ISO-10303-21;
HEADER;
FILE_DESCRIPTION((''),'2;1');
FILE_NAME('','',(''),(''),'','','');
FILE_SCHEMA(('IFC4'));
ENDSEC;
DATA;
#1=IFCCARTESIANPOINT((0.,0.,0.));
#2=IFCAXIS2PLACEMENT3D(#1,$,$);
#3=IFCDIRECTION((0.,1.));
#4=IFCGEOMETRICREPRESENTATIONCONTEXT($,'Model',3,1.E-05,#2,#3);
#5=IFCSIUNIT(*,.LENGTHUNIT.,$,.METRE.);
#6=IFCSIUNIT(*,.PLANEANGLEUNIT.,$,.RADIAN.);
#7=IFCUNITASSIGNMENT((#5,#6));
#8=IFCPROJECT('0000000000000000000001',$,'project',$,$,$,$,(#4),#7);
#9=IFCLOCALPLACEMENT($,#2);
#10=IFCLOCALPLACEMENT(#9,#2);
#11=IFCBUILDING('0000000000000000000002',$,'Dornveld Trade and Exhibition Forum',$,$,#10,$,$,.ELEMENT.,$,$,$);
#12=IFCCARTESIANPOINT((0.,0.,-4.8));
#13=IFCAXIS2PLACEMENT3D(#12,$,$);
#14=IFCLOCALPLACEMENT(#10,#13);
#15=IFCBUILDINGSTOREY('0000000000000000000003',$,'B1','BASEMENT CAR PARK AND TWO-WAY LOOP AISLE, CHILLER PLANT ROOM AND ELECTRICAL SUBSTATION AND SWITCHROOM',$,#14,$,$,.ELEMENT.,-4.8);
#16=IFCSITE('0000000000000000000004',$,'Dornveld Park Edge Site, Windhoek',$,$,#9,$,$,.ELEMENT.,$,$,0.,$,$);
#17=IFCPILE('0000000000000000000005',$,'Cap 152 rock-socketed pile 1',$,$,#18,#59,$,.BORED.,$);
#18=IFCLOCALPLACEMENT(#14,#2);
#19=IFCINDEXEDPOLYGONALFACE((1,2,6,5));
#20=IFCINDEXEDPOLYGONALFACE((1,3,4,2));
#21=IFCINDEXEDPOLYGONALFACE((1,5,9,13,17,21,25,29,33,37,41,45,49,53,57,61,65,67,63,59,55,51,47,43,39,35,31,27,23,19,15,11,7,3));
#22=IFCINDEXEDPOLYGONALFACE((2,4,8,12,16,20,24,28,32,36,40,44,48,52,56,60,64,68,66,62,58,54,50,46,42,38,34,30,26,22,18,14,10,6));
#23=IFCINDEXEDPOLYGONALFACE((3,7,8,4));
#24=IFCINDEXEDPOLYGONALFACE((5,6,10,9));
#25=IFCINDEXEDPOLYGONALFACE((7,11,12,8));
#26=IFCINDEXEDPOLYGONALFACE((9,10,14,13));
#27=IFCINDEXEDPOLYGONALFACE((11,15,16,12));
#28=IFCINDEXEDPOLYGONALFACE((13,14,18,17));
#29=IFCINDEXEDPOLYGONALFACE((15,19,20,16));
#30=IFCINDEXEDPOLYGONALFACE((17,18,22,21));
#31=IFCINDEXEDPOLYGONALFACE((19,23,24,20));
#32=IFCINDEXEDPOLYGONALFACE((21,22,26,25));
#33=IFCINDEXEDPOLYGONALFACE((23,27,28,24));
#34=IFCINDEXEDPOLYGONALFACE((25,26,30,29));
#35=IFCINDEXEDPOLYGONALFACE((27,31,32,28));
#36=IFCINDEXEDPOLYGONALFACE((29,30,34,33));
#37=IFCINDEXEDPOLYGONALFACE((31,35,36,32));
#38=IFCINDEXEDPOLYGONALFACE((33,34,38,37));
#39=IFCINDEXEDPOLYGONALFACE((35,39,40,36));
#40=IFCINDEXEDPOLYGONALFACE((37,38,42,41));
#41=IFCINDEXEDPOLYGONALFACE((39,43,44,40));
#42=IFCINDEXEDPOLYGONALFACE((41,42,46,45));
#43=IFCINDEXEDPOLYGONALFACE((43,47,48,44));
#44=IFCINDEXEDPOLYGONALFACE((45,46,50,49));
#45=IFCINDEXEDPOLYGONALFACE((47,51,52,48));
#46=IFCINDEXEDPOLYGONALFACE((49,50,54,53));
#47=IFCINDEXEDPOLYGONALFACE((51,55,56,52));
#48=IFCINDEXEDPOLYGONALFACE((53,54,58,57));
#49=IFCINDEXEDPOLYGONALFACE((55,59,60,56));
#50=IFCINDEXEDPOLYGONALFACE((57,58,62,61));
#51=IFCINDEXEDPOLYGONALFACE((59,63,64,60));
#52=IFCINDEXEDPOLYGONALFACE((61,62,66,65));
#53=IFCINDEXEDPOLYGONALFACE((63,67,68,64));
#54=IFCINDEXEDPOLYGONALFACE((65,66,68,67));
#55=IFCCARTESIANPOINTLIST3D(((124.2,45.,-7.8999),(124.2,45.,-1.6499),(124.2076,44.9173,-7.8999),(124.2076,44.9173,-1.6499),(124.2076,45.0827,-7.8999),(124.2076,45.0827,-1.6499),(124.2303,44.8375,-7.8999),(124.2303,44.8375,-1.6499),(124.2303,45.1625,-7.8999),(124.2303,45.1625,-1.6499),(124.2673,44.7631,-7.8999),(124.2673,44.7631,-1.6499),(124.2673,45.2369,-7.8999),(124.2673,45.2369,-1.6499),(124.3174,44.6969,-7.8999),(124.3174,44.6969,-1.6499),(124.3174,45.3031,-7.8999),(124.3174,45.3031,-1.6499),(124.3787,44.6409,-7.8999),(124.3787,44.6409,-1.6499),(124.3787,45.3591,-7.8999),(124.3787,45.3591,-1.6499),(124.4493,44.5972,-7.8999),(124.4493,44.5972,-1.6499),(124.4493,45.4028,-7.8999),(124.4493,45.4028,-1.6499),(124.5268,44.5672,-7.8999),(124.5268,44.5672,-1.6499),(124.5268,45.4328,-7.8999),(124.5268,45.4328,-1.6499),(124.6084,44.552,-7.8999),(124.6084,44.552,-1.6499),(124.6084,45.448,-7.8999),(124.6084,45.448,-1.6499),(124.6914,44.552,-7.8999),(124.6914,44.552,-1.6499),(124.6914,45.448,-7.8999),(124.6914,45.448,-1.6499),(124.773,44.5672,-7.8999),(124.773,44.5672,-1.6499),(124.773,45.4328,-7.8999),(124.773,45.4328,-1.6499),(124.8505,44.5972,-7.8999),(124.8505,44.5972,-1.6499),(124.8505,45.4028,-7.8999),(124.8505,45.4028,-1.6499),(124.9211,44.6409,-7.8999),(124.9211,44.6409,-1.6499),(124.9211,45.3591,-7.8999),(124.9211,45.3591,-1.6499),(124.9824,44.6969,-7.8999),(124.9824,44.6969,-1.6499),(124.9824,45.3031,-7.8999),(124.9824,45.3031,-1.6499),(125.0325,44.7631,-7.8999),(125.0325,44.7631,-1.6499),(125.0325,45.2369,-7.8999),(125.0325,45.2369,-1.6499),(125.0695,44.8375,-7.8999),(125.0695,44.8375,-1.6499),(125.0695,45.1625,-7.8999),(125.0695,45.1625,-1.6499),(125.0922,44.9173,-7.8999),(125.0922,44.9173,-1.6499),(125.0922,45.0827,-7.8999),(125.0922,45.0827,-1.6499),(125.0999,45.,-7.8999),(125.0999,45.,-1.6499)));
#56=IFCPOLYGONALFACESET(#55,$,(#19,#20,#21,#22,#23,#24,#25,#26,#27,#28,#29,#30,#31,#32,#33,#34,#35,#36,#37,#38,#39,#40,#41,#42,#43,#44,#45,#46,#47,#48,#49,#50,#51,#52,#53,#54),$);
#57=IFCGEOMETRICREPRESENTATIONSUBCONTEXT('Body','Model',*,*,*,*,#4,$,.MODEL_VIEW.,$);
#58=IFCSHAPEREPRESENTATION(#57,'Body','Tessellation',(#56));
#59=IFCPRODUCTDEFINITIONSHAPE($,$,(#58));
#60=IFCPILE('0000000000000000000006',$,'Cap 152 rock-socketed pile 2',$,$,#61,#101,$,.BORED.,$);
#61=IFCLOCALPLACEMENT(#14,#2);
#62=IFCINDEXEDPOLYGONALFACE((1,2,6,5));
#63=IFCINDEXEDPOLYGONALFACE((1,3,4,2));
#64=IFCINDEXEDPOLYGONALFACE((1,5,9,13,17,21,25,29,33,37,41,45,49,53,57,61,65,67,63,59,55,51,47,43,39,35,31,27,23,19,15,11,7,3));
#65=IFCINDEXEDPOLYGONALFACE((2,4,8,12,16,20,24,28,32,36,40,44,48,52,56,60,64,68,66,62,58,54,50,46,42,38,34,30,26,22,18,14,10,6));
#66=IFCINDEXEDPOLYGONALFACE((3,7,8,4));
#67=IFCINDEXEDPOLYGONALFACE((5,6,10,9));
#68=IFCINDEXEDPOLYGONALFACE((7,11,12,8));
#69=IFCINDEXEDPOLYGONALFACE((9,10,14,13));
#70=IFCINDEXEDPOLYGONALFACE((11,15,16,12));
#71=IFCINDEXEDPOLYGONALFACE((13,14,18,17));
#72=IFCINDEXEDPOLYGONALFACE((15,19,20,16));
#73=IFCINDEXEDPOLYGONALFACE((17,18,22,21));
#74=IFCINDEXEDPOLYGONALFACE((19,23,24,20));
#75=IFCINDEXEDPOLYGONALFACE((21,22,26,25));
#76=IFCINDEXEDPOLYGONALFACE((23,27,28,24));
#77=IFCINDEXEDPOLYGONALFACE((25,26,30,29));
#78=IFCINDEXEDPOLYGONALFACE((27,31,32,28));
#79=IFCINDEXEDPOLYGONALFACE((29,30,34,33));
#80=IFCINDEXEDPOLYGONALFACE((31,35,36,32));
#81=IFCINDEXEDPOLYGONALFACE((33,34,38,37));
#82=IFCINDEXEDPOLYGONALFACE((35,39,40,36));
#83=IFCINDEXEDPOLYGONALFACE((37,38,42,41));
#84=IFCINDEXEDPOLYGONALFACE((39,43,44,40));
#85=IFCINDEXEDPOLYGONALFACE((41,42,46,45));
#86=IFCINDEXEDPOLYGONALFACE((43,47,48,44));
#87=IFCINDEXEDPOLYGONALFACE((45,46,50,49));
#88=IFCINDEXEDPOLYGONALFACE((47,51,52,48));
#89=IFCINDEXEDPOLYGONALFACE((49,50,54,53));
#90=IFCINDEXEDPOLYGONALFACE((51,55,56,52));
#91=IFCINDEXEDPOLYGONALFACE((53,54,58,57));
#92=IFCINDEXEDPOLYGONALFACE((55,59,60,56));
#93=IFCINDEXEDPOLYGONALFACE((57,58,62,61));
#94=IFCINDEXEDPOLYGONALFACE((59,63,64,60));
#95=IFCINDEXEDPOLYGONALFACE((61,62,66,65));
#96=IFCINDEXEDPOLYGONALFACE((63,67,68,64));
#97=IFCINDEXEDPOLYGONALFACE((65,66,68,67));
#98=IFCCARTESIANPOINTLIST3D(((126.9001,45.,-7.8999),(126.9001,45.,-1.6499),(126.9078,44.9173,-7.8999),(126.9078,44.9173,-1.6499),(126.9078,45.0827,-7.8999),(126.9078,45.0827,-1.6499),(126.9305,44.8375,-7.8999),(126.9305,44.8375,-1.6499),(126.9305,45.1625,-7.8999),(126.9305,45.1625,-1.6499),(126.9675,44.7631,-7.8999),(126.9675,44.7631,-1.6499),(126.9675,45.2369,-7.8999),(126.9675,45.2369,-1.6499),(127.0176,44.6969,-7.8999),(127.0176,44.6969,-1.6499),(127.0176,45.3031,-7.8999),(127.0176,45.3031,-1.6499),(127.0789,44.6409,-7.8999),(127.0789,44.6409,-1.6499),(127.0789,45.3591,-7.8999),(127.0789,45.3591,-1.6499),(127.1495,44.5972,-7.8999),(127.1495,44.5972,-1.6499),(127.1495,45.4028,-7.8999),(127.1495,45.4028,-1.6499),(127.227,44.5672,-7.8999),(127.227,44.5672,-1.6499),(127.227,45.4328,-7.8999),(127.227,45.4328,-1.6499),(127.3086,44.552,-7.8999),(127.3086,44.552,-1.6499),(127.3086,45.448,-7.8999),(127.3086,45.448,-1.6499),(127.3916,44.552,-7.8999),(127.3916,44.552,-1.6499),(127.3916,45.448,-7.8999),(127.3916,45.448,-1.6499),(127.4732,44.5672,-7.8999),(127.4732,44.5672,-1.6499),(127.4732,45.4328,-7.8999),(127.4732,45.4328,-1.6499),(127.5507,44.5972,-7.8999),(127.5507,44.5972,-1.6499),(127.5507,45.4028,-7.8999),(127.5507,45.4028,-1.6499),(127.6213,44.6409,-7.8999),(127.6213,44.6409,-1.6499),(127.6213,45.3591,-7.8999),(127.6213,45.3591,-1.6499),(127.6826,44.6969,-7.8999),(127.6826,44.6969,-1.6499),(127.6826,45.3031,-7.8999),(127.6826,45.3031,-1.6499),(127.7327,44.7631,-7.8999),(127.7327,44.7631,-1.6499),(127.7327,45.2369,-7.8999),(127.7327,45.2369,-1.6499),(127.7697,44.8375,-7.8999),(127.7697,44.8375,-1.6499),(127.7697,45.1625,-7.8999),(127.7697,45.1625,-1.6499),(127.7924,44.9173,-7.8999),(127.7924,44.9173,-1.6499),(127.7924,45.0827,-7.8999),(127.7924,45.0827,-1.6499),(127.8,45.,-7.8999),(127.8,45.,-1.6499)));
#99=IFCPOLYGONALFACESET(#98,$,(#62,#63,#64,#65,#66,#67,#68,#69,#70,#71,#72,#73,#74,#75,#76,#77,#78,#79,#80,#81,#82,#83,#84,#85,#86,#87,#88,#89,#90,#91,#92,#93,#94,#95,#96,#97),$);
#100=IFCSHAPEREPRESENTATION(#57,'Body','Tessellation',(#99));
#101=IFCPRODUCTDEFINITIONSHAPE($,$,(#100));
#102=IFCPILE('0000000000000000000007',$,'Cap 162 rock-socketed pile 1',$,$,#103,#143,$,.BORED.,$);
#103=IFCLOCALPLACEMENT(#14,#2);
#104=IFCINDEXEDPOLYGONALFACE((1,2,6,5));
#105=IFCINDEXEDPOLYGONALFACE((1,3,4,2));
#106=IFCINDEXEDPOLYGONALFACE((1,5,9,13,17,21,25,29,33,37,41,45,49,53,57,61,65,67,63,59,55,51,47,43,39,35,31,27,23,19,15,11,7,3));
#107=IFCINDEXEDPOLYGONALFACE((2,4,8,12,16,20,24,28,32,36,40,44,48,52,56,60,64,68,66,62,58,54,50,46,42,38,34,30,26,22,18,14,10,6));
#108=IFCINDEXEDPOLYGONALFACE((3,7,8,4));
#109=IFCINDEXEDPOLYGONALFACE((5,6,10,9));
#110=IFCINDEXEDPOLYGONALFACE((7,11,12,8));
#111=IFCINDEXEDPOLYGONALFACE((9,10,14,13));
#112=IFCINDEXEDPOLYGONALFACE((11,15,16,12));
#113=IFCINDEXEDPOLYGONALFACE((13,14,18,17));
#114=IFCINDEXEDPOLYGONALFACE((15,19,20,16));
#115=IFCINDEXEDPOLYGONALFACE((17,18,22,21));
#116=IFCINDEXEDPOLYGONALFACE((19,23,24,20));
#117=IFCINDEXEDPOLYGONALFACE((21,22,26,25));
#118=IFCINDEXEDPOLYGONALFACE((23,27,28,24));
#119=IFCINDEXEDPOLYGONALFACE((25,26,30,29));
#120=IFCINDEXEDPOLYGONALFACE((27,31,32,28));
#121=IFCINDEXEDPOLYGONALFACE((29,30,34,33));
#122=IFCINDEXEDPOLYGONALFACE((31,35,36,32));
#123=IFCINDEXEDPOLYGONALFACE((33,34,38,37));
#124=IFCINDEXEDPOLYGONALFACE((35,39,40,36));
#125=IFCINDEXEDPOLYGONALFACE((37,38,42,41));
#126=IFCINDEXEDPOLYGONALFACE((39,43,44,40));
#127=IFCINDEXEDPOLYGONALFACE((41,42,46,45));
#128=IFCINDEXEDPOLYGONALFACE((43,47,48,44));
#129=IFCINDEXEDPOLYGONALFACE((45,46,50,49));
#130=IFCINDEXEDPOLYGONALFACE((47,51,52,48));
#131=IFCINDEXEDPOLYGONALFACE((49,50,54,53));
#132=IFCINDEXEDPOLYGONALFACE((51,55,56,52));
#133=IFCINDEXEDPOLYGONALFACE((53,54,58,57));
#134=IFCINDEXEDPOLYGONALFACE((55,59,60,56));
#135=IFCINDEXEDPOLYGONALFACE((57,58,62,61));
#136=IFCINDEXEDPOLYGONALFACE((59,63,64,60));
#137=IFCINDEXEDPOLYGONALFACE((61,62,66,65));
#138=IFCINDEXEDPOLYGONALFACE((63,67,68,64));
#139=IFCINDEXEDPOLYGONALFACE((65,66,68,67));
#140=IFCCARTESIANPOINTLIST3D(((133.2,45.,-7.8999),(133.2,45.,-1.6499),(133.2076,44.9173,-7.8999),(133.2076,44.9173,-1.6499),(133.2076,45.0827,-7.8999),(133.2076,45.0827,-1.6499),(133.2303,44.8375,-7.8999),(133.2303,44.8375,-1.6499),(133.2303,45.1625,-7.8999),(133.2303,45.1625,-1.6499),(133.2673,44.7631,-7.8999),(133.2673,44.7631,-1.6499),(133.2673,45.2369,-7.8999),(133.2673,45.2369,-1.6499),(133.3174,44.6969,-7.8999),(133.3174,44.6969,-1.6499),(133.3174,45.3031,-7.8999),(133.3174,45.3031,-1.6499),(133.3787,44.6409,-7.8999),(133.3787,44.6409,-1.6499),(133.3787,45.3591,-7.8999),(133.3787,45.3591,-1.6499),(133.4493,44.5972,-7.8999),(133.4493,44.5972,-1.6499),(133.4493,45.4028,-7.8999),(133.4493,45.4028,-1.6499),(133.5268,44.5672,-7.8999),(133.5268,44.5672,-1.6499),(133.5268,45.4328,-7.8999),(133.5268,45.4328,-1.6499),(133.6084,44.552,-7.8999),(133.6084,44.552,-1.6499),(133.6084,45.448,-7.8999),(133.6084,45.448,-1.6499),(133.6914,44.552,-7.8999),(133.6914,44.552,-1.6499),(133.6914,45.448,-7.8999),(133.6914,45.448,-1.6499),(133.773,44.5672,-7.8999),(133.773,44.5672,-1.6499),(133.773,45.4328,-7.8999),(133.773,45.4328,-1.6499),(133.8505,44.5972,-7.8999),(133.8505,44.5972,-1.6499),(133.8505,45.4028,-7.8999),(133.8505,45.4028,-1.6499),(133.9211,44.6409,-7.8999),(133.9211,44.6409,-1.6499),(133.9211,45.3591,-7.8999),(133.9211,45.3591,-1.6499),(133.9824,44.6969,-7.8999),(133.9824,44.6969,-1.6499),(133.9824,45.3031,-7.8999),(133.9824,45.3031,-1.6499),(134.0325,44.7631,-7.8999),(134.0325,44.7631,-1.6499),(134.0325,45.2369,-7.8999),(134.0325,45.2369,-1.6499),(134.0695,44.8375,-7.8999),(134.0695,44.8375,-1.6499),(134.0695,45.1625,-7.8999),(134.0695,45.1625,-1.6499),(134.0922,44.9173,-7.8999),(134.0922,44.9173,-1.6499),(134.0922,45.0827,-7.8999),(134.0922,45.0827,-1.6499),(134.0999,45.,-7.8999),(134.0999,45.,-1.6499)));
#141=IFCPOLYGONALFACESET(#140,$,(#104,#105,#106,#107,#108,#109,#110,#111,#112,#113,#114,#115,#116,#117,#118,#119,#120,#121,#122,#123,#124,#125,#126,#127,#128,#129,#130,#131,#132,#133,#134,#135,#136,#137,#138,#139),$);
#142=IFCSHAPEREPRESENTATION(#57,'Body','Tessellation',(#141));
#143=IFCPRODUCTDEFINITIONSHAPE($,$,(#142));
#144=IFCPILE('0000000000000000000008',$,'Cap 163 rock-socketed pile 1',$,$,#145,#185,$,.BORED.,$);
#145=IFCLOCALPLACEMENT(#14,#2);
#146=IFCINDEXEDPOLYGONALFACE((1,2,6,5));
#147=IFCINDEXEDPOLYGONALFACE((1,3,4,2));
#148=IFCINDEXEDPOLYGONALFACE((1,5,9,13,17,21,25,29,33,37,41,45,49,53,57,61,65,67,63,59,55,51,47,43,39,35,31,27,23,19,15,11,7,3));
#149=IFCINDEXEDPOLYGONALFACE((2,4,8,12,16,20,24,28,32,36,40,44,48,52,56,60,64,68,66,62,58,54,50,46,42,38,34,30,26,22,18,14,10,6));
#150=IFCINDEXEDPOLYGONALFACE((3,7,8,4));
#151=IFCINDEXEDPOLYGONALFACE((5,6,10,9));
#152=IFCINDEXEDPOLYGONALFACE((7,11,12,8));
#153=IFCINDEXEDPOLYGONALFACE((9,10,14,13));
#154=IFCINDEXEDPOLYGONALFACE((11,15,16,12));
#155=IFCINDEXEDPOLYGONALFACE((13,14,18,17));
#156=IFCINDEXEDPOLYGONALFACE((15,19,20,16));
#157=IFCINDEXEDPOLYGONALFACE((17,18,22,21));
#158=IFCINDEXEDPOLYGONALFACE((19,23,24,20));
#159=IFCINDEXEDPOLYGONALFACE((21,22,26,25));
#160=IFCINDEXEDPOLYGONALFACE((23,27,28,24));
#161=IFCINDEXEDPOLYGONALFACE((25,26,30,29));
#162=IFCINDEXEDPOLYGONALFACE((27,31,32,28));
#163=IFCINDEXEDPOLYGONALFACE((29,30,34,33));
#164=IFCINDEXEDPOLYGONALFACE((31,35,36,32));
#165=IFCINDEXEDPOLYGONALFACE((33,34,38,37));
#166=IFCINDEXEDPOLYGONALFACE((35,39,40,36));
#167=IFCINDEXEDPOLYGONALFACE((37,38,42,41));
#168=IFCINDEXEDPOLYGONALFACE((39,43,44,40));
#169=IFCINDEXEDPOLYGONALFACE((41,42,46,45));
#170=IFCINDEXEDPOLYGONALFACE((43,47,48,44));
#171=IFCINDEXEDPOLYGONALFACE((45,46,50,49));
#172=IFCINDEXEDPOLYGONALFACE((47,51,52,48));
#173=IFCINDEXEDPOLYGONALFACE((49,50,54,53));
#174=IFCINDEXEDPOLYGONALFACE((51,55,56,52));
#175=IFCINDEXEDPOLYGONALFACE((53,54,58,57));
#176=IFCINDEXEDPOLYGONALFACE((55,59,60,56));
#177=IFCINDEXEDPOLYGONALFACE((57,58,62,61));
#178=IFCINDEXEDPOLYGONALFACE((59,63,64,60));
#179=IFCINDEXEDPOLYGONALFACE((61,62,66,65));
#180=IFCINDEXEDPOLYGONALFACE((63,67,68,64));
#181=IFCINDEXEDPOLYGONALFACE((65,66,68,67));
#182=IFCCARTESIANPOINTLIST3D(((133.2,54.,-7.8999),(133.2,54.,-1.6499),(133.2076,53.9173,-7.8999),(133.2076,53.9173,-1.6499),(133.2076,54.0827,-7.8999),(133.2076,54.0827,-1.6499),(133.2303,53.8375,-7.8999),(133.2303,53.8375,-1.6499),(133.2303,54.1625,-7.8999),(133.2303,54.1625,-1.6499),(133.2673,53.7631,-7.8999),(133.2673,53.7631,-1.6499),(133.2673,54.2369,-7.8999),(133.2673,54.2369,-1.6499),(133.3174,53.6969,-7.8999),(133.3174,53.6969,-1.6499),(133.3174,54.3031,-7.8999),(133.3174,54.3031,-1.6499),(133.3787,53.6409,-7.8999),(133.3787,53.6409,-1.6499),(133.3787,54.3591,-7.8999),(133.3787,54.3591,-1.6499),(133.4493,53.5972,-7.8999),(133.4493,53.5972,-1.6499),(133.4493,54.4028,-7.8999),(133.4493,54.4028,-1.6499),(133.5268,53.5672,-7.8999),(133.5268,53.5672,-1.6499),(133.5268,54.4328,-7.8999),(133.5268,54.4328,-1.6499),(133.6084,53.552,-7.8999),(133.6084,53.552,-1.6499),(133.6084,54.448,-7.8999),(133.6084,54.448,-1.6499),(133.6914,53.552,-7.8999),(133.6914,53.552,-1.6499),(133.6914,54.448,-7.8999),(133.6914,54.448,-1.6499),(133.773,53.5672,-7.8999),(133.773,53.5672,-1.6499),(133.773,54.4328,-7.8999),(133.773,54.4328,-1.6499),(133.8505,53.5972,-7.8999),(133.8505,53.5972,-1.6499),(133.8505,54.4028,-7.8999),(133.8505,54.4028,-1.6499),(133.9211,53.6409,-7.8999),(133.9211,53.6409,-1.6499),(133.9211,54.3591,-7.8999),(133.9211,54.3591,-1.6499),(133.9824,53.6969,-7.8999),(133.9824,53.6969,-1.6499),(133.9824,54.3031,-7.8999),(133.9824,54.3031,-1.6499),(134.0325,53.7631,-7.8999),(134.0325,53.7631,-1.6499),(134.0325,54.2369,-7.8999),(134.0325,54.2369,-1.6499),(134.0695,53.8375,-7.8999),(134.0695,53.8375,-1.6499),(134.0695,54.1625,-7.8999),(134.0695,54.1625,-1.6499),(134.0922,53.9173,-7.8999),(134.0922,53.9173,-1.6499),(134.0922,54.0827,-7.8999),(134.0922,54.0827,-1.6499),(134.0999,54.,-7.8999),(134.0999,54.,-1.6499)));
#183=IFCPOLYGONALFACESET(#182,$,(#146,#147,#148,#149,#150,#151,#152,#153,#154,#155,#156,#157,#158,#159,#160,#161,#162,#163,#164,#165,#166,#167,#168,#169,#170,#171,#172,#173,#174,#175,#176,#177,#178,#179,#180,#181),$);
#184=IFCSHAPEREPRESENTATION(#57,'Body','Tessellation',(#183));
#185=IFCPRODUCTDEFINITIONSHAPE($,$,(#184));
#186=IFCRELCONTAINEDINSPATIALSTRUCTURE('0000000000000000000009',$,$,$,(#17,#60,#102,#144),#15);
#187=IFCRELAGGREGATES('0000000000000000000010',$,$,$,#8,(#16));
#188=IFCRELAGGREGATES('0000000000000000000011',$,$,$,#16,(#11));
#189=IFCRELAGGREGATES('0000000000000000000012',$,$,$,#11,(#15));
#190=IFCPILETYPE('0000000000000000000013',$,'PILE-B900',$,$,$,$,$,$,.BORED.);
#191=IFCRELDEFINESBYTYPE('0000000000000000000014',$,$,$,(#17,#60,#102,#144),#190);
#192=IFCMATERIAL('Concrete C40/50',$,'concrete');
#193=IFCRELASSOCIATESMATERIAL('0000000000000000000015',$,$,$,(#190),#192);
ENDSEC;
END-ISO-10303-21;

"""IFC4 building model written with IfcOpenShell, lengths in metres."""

from ifc_helpers import new_model, si_unit, direction, frame, origin, origin_2d, place, context, subcontext, project, spatial, circle, extrude, material, material_profile, profile_set, type_object, element, save


model = new_model("IFC4")

# Units and contexts
model_context = context("Model", 3, precision=1e-05, world=origin(), true_north=direction((0.0, 1.0)))
body_context = subcontext(model_context, "Body", "Model", "MODEL_VIEW")
ifc_project = project(units=[si_unit("LENGTHUNIT", "METRE"), si_unit("PLANEANGLEUNIT", "RADIAN")], contexts=[model_context])

# Site, building, storey
site_placement = place(None, origin())
site = spatial("IfcSite", under=ifc_project, at=site_placement, Name="Dornveld Park Edge Site, Windhoek", CompositionType="ELEMENT", RefElevation=0.0)
building_placement = place(site_placement, origin())
building = spatial("IfcBuilding", under=site, at=building_placement, Name="Dornveld Trade and Exhibition Forum", CompositionType="ELEMENT")
storey_placement = place(building_placement, frame((0.0, 0.0, -4.8)))
storey = spatial("IfcBuildingStorey", under=building, at=storey_placement, Name="B1", Description="BASEMENT CAR PARK AND TWO-WAY LOOP AISLE, CHILLER PLANT ROOM AND ELECTRICAL SUBSTATION AND SWITCHROOM", CompositionType="ELEMENT", Elevation=-4.8)

# Piles
ifc_material_1 = material(Name="Concrete C40/50", Category="concrete")
ifc_material_profile_1 = material_profile(ifc_material_1, circle(Radius=0.45, at=origin_2d()), Name="PILE D900")
ifc_profile_set_1 = profile_set([ifc_material_profile_1], Name="Concrete C40/50")
pile_type_1 = type_object("IfcPileType", Name="PILE-B900", PredefinedType="BORED", material=ifc_profile_set_1)
for number, where, z_axis, x_axis, name in (
    (1, (124.6499, 45.0, -1.6499), (0.0, 0.0, -1.0), (1.0, 0.0, 0.0), "Cap 152 rock-socketed pile 1"),
    (2, (127.3501, 45.0, -1.6499), (0.0, 0.0, -1.0), (1.0, 0.0, 0.0), "Cap 152 rock-socketed pile 2"),
    (3, (133.6499, 45.0, -1.6499), (0.0, 0.0, -1.0), (1.0, 0.0, 0.0), "Cap 162 rock-socketed pile 1"),
    (4, (133.6499, 54.0, -1.6499), (0.0, 0.0, -1.0), (1.0, 0.0, 0.0), "Cap 163 rock-socketed pile 1"),
):
    element("IfcPile", number, at=place(storey_placement, frame(where, z_axis=z_axis, x_axis=x_axis)), inside=storey, type_object=pile_type_1, Name=name, PredefinedType="BORED", context=body_context, shape_type="SweptSolid", body=[
        extrude(circle(Radius=0.45, at=origin_2d()), origin(), (0.0, 0.0, 1.0), 6.25),
    ])

save(model, "model.ifc")
